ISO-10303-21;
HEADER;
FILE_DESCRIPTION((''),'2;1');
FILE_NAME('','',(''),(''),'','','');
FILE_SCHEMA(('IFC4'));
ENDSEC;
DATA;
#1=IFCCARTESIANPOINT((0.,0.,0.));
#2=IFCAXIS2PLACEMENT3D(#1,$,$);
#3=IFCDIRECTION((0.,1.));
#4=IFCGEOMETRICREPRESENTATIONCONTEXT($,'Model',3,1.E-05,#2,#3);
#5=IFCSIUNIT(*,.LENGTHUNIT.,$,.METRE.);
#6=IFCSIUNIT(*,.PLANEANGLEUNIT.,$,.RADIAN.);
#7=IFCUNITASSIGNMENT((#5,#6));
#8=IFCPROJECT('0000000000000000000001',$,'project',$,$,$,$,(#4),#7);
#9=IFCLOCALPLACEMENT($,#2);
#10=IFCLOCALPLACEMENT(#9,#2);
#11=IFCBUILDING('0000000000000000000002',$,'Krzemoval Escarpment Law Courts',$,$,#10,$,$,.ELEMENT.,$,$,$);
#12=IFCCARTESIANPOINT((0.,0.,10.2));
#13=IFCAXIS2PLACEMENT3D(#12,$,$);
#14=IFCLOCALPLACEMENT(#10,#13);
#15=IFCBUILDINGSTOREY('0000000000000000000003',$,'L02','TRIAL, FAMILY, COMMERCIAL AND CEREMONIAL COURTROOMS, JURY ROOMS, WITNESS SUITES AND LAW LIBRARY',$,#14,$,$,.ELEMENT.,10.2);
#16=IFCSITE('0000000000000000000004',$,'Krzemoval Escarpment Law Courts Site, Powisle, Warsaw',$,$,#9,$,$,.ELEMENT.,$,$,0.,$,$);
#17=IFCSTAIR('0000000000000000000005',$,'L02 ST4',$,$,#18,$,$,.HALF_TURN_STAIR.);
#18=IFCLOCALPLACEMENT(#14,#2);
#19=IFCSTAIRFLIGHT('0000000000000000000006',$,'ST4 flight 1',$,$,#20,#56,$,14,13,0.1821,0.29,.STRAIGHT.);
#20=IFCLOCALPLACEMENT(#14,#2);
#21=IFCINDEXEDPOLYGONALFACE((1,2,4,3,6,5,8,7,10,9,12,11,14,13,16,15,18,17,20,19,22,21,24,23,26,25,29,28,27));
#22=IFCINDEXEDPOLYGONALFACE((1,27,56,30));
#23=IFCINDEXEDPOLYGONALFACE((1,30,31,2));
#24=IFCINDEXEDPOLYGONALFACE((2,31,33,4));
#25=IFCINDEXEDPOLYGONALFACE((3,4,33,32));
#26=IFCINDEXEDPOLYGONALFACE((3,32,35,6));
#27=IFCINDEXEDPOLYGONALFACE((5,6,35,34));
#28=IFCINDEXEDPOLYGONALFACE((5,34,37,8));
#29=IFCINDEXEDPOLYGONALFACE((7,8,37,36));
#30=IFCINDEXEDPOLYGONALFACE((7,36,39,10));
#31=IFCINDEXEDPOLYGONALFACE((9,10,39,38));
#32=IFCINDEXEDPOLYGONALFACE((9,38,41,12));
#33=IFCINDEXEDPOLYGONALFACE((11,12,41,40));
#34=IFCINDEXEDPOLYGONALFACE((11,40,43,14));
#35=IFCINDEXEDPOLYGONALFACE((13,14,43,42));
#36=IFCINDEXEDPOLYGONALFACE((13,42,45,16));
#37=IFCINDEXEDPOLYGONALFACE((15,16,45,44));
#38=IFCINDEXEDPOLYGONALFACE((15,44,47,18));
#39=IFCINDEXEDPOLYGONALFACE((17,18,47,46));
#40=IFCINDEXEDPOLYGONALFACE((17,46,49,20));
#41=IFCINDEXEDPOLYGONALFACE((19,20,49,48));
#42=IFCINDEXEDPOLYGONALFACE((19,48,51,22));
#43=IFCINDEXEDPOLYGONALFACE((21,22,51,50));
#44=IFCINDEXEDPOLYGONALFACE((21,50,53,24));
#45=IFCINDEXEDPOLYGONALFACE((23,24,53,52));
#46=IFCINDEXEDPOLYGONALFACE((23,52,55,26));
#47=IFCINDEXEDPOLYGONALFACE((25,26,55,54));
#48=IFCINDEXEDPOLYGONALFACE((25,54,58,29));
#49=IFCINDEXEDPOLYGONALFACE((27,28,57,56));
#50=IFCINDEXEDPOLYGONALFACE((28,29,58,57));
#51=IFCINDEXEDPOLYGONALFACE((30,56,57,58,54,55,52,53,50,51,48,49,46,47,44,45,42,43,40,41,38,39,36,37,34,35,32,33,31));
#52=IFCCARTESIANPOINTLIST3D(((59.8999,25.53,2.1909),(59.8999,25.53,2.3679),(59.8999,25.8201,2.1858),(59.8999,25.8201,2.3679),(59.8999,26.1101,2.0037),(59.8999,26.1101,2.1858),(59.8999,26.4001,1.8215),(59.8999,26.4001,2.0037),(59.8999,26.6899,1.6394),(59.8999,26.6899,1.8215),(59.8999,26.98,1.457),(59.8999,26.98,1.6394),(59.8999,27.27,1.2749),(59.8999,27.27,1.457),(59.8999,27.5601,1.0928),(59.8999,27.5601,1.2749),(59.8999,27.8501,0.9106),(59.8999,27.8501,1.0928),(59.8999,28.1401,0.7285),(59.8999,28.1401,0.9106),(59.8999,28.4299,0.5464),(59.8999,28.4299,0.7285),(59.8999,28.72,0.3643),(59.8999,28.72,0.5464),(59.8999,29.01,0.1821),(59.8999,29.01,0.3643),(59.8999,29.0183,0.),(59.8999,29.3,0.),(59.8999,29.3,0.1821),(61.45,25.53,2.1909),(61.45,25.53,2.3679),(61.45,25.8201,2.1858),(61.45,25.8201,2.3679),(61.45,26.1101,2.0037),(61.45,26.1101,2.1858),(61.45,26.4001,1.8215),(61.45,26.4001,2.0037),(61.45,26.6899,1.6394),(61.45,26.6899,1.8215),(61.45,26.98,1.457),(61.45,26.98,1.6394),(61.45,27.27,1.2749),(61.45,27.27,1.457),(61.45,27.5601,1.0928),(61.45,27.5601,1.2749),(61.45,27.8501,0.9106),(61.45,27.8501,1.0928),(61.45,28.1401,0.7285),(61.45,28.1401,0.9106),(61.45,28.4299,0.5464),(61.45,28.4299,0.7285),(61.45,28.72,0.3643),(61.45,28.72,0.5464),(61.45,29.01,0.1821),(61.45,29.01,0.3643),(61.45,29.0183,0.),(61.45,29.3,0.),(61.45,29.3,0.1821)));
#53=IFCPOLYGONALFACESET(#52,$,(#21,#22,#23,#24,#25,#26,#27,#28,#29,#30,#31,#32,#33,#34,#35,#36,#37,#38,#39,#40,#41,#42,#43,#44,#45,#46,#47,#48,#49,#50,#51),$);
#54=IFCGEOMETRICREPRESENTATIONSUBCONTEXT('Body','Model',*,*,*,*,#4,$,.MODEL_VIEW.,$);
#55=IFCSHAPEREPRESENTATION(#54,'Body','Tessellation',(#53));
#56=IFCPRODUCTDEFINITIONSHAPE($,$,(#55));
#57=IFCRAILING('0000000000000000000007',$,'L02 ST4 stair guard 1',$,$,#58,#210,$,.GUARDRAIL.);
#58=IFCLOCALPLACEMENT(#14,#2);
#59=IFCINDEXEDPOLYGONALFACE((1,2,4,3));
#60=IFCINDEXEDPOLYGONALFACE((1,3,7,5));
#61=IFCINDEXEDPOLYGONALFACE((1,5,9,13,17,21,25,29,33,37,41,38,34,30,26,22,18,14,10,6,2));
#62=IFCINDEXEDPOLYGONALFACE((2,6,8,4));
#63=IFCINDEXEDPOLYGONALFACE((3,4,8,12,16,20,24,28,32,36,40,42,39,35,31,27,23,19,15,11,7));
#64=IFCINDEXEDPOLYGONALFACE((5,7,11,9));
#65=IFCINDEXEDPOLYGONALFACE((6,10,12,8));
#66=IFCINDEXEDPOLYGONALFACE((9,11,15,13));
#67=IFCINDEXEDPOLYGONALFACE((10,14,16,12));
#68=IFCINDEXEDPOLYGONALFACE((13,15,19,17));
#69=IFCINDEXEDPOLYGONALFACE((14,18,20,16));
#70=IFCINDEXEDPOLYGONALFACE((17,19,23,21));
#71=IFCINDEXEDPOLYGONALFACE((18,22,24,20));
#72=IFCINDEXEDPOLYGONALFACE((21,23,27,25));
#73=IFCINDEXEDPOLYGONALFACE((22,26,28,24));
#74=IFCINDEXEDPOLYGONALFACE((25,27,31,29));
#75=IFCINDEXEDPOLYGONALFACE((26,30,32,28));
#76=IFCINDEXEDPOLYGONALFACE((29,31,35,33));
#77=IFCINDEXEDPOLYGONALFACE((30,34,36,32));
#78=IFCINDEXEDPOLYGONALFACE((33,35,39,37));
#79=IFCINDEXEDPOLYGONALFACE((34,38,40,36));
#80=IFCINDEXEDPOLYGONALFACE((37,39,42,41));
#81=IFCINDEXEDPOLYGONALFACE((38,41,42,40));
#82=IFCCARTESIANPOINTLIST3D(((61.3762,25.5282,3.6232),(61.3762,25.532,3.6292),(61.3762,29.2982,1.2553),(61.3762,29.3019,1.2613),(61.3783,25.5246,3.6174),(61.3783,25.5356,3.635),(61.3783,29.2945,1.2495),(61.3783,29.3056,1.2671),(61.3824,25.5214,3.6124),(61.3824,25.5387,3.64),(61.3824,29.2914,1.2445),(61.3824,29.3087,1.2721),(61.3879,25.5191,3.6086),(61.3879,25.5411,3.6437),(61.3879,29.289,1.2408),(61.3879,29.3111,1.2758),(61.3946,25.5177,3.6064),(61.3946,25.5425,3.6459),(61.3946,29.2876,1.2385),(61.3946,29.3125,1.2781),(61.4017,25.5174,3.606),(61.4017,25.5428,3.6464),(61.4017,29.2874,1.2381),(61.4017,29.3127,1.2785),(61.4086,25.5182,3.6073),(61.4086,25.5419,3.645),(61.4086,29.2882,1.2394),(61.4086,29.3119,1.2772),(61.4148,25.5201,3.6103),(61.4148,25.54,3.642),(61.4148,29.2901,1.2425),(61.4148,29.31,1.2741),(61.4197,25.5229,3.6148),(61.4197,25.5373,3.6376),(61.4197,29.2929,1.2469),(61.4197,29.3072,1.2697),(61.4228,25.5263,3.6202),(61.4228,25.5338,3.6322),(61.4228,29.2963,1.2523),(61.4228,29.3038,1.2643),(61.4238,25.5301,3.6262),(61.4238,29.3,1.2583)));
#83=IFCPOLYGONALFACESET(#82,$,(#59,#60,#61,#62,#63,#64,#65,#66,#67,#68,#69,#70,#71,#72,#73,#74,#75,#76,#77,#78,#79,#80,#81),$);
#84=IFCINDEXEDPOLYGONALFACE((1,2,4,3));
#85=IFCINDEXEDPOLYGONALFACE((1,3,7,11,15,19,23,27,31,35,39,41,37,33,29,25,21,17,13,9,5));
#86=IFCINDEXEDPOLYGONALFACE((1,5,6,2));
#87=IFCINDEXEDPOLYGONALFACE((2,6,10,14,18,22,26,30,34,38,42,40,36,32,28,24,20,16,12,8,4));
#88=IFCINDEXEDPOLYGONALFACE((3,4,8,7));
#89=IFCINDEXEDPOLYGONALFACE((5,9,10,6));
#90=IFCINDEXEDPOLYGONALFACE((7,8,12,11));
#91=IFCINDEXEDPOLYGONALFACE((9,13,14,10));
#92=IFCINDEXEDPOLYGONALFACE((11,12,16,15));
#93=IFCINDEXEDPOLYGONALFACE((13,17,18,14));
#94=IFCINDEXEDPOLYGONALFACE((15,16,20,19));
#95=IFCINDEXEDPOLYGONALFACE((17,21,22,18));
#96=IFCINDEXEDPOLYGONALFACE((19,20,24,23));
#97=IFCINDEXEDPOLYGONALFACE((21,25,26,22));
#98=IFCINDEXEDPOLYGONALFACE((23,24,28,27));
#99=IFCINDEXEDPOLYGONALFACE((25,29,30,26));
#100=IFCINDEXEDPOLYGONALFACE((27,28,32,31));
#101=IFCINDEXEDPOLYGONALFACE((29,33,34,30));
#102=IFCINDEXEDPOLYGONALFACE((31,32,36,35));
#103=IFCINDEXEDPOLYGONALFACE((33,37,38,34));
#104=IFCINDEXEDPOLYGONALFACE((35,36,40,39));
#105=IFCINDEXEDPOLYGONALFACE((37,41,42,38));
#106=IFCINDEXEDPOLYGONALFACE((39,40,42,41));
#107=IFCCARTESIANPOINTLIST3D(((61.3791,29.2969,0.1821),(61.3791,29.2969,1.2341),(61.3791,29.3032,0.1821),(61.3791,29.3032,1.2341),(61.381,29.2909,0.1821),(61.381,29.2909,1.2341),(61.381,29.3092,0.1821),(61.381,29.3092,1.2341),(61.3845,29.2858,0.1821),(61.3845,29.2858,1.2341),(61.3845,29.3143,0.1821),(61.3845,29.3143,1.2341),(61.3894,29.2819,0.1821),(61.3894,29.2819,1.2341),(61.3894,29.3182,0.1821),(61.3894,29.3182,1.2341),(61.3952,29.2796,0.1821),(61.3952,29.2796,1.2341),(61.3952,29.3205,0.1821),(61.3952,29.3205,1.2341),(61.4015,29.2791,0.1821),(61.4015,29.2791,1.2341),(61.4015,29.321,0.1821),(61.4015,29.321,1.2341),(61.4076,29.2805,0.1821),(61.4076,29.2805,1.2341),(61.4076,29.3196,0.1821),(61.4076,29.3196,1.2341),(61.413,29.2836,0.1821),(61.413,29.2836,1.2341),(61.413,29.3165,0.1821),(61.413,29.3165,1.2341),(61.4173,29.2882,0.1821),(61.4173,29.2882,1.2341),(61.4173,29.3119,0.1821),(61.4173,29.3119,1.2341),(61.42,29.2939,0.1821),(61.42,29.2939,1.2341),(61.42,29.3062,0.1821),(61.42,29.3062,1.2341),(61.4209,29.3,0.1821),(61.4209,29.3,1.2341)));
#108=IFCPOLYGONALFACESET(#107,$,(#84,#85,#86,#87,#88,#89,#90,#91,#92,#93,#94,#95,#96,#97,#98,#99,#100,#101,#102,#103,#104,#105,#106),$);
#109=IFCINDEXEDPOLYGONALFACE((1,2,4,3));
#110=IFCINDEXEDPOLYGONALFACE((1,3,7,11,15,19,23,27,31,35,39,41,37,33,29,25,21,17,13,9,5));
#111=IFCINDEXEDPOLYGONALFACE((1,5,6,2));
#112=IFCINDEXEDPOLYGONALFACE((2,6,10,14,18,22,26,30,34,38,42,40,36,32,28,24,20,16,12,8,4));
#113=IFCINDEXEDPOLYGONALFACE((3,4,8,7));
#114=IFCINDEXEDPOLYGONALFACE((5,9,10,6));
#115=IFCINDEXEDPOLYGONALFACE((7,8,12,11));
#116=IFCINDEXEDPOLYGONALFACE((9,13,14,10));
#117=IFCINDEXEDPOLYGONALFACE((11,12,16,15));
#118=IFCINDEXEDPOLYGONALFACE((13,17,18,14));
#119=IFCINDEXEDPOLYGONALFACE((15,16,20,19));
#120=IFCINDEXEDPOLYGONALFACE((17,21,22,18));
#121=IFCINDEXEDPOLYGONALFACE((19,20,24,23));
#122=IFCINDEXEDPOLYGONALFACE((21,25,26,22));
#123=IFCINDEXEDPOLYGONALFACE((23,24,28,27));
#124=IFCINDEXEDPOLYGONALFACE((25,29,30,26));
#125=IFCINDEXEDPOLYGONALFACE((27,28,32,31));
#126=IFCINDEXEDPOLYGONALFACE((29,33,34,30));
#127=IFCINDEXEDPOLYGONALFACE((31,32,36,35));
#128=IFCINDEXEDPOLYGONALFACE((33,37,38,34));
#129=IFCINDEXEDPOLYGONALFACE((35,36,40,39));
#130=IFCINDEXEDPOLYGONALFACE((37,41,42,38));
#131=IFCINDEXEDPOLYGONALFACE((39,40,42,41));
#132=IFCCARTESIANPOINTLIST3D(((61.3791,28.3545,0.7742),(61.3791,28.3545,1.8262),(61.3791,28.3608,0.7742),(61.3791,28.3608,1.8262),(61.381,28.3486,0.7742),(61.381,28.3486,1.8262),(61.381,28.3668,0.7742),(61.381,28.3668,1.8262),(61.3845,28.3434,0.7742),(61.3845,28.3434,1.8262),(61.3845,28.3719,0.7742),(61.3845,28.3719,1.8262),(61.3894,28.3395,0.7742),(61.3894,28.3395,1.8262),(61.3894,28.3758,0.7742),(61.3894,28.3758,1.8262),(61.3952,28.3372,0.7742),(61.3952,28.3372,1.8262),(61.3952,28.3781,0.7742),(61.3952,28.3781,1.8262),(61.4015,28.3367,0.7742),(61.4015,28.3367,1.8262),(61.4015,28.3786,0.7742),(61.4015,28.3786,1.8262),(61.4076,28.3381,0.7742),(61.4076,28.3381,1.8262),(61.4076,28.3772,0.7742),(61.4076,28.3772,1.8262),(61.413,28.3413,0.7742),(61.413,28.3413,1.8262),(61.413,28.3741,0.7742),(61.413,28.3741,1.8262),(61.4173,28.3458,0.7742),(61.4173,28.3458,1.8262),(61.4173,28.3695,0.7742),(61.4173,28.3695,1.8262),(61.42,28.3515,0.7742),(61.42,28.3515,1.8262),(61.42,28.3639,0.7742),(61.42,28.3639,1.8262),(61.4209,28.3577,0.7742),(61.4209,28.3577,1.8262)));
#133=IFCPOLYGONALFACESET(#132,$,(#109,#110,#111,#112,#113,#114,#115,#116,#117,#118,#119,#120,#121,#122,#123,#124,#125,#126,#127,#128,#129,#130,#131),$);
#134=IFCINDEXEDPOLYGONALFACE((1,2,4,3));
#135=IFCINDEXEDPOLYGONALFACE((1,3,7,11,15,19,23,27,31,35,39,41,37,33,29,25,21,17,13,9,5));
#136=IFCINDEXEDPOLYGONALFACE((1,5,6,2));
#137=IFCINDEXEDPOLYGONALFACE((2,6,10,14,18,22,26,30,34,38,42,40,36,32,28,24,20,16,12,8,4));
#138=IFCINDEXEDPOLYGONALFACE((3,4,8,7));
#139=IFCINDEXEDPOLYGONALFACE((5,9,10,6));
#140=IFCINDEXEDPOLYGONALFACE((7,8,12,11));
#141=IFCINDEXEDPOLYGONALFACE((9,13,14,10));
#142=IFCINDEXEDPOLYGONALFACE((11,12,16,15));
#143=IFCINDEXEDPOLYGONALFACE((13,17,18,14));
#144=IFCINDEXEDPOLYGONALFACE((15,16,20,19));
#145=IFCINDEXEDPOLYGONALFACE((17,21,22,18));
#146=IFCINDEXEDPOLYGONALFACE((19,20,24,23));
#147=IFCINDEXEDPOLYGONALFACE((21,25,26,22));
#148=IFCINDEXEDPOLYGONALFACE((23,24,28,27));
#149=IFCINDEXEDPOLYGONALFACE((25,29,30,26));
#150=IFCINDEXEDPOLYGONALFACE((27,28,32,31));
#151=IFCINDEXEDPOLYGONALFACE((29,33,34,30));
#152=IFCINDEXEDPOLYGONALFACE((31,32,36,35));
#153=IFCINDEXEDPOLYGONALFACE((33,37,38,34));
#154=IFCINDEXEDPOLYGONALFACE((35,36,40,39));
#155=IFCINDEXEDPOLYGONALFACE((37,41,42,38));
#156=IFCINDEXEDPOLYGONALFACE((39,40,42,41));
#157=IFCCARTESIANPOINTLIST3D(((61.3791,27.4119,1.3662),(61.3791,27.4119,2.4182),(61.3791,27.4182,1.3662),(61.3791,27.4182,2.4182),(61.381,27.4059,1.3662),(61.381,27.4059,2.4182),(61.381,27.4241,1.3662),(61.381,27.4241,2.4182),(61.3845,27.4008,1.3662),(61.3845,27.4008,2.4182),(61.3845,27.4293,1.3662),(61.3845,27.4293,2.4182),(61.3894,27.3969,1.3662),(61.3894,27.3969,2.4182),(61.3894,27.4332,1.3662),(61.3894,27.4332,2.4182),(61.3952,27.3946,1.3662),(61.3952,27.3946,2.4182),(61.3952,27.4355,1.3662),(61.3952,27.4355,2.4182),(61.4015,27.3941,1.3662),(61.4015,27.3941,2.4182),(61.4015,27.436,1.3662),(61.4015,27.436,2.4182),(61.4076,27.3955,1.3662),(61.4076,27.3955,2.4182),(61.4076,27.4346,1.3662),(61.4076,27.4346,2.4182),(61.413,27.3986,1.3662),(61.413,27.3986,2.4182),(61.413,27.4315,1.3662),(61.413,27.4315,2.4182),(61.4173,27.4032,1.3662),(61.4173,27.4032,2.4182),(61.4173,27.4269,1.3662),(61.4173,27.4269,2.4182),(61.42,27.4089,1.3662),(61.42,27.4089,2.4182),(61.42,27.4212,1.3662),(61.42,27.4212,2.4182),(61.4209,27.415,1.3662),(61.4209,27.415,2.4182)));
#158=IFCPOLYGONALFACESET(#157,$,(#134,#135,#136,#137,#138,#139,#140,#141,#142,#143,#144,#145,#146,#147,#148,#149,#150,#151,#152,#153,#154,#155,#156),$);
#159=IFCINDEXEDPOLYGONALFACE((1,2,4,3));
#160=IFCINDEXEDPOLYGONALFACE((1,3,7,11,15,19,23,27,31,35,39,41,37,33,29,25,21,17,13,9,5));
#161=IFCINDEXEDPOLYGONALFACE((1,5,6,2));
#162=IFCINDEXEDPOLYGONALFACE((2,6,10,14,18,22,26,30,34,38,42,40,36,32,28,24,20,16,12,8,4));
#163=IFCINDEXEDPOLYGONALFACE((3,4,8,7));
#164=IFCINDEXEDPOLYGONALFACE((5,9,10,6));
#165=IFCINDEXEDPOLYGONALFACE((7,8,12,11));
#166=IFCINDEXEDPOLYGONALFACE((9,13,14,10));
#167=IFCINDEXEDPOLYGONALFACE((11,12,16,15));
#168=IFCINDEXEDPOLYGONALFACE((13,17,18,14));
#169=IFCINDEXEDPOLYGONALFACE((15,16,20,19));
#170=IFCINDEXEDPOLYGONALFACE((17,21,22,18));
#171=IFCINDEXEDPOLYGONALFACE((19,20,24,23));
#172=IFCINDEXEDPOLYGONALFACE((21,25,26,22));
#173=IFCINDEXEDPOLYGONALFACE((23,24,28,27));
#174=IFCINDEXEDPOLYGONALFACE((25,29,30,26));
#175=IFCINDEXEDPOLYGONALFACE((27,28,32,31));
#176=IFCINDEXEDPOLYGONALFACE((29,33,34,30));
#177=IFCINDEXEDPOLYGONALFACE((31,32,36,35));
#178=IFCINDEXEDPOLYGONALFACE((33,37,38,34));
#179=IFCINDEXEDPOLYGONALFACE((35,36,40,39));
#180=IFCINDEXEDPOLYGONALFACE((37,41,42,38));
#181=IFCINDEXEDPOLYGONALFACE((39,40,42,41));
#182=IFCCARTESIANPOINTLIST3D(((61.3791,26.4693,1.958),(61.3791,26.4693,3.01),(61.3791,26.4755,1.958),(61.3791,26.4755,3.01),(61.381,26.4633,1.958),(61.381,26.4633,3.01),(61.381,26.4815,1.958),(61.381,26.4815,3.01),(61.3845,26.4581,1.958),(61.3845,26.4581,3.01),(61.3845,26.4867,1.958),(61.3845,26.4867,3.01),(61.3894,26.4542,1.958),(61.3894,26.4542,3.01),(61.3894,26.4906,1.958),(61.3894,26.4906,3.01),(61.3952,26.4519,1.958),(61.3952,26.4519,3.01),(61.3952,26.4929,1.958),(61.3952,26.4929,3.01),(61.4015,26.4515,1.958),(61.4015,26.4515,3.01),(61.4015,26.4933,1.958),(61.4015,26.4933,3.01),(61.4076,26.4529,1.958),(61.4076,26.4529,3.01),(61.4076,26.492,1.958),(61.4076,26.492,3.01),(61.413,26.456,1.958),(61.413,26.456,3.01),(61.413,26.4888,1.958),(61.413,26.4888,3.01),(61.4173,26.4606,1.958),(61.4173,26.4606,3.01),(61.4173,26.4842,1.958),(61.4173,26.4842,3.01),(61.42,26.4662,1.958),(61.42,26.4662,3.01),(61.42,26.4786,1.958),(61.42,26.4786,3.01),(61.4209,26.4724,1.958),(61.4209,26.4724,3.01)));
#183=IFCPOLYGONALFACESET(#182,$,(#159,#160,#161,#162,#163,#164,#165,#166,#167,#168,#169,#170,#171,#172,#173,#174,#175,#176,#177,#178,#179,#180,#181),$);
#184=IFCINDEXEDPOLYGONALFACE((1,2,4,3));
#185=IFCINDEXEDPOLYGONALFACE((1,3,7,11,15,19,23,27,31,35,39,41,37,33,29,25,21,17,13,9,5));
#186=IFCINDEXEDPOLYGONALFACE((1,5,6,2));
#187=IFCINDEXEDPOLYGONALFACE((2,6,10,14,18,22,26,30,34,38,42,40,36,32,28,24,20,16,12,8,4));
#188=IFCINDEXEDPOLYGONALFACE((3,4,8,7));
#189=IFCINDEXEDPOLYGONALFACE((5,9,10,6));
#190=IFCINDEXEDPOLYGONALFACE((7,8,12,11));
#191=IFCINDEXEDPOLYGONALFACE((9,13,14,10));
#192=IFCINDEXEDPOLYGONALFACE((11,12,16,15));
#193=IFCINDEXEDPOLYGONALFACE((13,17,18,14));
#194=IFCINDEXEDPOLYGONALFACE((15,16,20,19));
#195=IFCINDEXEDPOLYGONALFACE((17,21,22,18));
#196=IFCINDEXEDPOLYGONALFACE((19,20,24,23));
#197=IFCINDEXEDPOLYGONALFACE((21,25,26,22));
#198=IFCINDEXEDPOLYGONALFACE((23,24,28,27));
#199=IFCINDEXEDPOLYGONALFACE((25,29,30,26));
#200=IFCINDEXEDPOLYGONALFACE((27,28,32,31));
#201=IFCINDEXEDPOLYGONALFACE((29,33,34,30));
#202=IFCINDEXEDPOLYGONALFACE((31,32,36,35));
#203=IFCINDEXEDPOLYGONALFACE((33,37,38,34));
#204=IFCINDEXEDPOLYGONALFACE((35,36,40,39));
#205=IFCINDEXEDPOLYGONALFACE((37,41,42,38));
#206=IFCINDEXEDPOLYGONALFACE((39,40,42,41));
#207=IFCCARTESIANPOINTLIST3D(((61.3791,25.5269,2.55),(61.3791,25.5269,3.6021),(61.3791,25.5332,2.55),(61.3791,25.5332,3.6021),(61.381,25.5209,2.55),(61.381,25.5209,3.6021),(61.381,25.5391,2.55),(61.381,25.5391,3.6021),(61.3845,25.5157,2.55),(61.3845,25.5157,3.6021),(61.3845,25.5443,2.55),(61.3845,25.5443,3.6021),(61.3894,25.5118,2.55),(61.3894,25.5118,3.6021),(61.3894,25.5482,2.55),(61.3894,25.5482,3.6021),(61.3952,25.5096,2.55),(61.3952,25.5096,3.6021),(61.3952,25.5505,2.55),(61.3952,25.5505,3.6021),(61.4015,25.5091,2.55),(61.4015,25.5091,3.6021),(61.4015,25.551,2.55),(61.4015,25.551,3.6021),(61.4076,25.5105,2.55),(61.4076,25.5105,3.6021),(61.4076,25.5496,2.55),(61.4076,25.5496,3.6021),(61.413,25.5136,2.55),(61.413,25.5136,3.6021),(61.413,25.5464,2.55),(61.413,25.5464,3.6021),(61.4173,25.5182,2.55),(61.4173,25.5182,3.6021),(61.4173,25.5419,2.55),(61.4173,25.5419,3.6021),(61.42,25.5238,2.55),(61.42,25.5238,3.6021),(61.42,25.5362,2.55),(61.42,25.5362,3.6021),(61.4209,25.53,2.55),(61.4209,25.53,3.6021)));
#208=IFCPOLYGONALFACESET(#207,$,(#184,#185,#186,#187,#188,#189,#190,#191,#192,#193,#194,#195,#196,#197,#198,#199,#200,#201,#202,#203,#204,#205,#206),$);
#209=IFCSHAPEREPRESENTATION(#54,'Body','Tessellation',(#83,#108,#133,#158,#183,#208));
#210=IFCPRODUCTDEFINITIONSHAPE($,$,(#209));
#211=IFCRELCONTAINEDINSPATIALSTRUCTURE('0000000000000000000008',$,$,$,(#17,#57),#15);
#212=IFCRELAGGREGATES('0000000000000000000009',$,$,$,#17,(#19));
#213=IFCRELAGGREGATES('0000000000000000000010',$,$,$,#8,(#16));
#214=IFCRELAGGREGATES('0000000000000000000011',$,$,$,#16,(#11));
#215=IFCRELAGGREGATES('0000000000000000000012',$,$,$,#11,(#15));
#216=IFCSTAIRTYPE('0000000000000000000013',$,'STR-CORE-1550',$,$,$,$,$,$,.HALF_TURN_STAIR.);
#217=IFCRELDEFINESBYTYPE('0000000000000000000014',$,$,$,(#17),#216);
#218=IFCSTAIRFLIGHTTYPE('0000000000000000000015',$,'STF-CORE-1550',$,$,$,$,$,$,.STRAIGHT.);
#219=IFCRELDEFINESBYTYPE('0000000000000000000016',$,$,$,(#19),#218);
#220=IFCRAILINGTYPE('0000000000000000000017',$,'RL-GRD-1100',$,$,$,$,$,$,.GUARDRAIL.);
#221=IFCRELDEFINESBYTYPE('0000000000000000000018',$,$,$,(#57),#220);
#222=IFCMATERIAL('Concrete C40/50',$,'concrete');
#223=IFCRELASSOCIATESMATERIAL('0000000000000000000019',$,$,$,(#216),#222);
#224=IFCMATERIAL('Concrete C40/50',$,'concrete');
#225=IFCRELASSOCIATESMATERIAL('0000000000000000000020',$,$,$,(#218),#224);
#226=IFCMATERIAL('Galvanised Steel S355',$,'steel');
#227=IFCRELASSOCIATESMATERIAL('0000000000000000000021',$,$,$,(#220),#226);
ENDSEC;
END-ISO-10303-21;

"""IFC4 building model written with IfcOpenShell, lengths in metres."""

from ifc_helpers import new_model, si_unit, direction, frame, origin, origin_2d, place, context, subcontext, project, spatial, polyline, circle, outline, extrude, material, type_object, element, aggregate, save


model = new_model("IFC4")

# Units and contexts
model_context = context("Model", 3, precision=1e-05, world=origin(), true_north=direction((0.0, 1.0)))
body_context = subcontext(model_context, "Body", "Model", "MODEL_VIEW")
ifc_project = project(units=[si_unit("LENGTHUNIT", "METRE"), si_unit("PLANEANGLEUNIT", "RADIAN")], contexts=[model_context])

# Site, building, storey
site_placement = place(None, origin())
site = spatial("IfcSite", under=ifc_project, at=site_placement, Name="Krzemoval Escarpment Law Courts Site, Powisle, Warsaw", CompositionType="ELEMENT", RefElevation=0.0)
building_placement = place(site_placement, origin())
building = spatial("IfcBuilding", under=site, at=building_placement, Name="Krzemoval Escarpment Law Courts", CompositionType="ELEMENT")
storey_placement = place(building_placement, frame((0.0, 0.0, 10.2)))
storey = spatial("IfcBuildingStorey", under=building, at=storey_placement, Name="L02", Description="TRIAL, FAMILY, COMMERCIAL AND CEREMONIAL COURTROOMS, JURY ROOMS, WITNESS SUITES AND LAW LIBRARY", CompositionType="ELEMENT", Elevation=10.2)

# Stair, stair flight
ifc_material_1 = material(Name="Concrete C40/50", Category="concrete")
stair_type = type_object("IfcStairType", Name="STR-CORE-1550", PredefinedType="HALF_TURN_STAIR", material=ifc_material_1)
stair_placement = place(storey_placement, origin())
stair = element("IfcStair", 1, at=stair_placement, inside=storey, type_object=stair_type, Name="L02 ST4", PredefinedType="HALF_TURN_STAIR")
ifc_material_2 = material(Name="Concrete C40/50", Category="concrete")
stair_flight_type = type_object("IfcStairFlightType", Name="STF-CORE-1550", PredefinedType="STRAIGHT", material=ifc_material_2)
stair_flight_placement = place(storey_placement, frame((60.675, 29.3, 0.0), z_axis=(0.0, 0.0, 1.0), x_axis=(0.0, -1.0, 0.0)))
stair_flight = element("IfcStairFlight", 2, at=stair_flight_placement, type_object=stair_flight_type, Name="ST4 flight 1", NumberOfRisers=14, NumberOfTreads=13, PredefinedType="STRAIGHT", RiserHeight=0.1821, TreadLength=0.29, context=body_context, shape_type="SweptSolid", body=[
    extrude(outline(polyline([(0.0, 0.0), (0.0, 0.1821), (0.29, 0.1821), (0.29, 0.3643), (0.5801, 0.3643), (0.5801, 0.5464), (0.8701, 0.5464), (0.8701, 0.7285), (1.1599, 0.7285), (1.1599, 0.9106), (1.45, 0.9106), (1.45, 1.0928), (1.74, 1.0928), (1.74, 1.2749), (2.03, 1.2749), (2.03, 1.457), (2.3201, 1.457), (2.3201, 1.6394), (2.6101, 1.6394), (2.6101, 1.8215), (2.8999, 1.8215), (2.8999, 2.0037), (3.1899, 2.0037), (3.1899, 2.1858), (3.48, 2.1858), (3.48, 2.3679), (3.77, 2.3679), (3.77, 2.55), (3.77, 2.1909), (0.2817, 0.0), (0.0, 0.0)])), frame((0.0, 0.7749, 0.0), z_axis=(0.0, -1.0, 0.0), x_axis=(1.0, 0.0, 0.0)), (0.0, 0.0, 1.0), 1.55),
])
aggregate(stair, [stair_flight])

# Railing
ifc_material_3 = material(Name="Galvanised Steel S355", Category="steel")
railing_type = type_object("IfcRailingType", Name="RL-GRD-1100", PredefinedType="GUARDRAIL", material=ifc_material_3)
railing_1_placement = place(storey_placement, frame((61.3999, 29.3, 0.1821)))
element("IfcRailing", 3, at=railing_1_placement, inside=storey, type_object=railing_type, Name="L02 ST4 stair guard 1", PredefinedType="GUARDRAIL", context=body_context, shape_type="SweptSolid", body=[
    extrude(circle(Radius=0.0239, at=origin_2d()), frame((0.0, 0.0, 1.0762), z_axis=(0.0, -0.846819, 0.531881), x_axis=(1.0, 0.0, 0.0)), (0.0, 0.0, 1.0), 4.4519),
    extrude(circle(Radius=0.021, at=origin_2d()), origin(), (0.0, 0.0, 1.0), 1.052),
    extrude(circle(Radius=0.021, at=origin_2d()), frame((0.0, -0.9424, 0.592)), (0.0, 0.0, 1.0), 1.052),
    extrude(circle(Radius=0.021, at=origin_2d()), frame((0.0, -1.885, 1.1841)), (0.0, 0.0, 1.0), 1.052),
    extrude(circle(Radius=0.021, at=origin_2d()), frame((0.0, -2.8276, 1.7759)), (0.0, 0.0, 1.0), 1.052),
    extrude(circle(Radius=0.021, at=origin_2d()), frame((0.0, -3.77, 2.3679)), (0.0, 0.0, 1.0), 1.052),
])

save(model, "model.ifc")
